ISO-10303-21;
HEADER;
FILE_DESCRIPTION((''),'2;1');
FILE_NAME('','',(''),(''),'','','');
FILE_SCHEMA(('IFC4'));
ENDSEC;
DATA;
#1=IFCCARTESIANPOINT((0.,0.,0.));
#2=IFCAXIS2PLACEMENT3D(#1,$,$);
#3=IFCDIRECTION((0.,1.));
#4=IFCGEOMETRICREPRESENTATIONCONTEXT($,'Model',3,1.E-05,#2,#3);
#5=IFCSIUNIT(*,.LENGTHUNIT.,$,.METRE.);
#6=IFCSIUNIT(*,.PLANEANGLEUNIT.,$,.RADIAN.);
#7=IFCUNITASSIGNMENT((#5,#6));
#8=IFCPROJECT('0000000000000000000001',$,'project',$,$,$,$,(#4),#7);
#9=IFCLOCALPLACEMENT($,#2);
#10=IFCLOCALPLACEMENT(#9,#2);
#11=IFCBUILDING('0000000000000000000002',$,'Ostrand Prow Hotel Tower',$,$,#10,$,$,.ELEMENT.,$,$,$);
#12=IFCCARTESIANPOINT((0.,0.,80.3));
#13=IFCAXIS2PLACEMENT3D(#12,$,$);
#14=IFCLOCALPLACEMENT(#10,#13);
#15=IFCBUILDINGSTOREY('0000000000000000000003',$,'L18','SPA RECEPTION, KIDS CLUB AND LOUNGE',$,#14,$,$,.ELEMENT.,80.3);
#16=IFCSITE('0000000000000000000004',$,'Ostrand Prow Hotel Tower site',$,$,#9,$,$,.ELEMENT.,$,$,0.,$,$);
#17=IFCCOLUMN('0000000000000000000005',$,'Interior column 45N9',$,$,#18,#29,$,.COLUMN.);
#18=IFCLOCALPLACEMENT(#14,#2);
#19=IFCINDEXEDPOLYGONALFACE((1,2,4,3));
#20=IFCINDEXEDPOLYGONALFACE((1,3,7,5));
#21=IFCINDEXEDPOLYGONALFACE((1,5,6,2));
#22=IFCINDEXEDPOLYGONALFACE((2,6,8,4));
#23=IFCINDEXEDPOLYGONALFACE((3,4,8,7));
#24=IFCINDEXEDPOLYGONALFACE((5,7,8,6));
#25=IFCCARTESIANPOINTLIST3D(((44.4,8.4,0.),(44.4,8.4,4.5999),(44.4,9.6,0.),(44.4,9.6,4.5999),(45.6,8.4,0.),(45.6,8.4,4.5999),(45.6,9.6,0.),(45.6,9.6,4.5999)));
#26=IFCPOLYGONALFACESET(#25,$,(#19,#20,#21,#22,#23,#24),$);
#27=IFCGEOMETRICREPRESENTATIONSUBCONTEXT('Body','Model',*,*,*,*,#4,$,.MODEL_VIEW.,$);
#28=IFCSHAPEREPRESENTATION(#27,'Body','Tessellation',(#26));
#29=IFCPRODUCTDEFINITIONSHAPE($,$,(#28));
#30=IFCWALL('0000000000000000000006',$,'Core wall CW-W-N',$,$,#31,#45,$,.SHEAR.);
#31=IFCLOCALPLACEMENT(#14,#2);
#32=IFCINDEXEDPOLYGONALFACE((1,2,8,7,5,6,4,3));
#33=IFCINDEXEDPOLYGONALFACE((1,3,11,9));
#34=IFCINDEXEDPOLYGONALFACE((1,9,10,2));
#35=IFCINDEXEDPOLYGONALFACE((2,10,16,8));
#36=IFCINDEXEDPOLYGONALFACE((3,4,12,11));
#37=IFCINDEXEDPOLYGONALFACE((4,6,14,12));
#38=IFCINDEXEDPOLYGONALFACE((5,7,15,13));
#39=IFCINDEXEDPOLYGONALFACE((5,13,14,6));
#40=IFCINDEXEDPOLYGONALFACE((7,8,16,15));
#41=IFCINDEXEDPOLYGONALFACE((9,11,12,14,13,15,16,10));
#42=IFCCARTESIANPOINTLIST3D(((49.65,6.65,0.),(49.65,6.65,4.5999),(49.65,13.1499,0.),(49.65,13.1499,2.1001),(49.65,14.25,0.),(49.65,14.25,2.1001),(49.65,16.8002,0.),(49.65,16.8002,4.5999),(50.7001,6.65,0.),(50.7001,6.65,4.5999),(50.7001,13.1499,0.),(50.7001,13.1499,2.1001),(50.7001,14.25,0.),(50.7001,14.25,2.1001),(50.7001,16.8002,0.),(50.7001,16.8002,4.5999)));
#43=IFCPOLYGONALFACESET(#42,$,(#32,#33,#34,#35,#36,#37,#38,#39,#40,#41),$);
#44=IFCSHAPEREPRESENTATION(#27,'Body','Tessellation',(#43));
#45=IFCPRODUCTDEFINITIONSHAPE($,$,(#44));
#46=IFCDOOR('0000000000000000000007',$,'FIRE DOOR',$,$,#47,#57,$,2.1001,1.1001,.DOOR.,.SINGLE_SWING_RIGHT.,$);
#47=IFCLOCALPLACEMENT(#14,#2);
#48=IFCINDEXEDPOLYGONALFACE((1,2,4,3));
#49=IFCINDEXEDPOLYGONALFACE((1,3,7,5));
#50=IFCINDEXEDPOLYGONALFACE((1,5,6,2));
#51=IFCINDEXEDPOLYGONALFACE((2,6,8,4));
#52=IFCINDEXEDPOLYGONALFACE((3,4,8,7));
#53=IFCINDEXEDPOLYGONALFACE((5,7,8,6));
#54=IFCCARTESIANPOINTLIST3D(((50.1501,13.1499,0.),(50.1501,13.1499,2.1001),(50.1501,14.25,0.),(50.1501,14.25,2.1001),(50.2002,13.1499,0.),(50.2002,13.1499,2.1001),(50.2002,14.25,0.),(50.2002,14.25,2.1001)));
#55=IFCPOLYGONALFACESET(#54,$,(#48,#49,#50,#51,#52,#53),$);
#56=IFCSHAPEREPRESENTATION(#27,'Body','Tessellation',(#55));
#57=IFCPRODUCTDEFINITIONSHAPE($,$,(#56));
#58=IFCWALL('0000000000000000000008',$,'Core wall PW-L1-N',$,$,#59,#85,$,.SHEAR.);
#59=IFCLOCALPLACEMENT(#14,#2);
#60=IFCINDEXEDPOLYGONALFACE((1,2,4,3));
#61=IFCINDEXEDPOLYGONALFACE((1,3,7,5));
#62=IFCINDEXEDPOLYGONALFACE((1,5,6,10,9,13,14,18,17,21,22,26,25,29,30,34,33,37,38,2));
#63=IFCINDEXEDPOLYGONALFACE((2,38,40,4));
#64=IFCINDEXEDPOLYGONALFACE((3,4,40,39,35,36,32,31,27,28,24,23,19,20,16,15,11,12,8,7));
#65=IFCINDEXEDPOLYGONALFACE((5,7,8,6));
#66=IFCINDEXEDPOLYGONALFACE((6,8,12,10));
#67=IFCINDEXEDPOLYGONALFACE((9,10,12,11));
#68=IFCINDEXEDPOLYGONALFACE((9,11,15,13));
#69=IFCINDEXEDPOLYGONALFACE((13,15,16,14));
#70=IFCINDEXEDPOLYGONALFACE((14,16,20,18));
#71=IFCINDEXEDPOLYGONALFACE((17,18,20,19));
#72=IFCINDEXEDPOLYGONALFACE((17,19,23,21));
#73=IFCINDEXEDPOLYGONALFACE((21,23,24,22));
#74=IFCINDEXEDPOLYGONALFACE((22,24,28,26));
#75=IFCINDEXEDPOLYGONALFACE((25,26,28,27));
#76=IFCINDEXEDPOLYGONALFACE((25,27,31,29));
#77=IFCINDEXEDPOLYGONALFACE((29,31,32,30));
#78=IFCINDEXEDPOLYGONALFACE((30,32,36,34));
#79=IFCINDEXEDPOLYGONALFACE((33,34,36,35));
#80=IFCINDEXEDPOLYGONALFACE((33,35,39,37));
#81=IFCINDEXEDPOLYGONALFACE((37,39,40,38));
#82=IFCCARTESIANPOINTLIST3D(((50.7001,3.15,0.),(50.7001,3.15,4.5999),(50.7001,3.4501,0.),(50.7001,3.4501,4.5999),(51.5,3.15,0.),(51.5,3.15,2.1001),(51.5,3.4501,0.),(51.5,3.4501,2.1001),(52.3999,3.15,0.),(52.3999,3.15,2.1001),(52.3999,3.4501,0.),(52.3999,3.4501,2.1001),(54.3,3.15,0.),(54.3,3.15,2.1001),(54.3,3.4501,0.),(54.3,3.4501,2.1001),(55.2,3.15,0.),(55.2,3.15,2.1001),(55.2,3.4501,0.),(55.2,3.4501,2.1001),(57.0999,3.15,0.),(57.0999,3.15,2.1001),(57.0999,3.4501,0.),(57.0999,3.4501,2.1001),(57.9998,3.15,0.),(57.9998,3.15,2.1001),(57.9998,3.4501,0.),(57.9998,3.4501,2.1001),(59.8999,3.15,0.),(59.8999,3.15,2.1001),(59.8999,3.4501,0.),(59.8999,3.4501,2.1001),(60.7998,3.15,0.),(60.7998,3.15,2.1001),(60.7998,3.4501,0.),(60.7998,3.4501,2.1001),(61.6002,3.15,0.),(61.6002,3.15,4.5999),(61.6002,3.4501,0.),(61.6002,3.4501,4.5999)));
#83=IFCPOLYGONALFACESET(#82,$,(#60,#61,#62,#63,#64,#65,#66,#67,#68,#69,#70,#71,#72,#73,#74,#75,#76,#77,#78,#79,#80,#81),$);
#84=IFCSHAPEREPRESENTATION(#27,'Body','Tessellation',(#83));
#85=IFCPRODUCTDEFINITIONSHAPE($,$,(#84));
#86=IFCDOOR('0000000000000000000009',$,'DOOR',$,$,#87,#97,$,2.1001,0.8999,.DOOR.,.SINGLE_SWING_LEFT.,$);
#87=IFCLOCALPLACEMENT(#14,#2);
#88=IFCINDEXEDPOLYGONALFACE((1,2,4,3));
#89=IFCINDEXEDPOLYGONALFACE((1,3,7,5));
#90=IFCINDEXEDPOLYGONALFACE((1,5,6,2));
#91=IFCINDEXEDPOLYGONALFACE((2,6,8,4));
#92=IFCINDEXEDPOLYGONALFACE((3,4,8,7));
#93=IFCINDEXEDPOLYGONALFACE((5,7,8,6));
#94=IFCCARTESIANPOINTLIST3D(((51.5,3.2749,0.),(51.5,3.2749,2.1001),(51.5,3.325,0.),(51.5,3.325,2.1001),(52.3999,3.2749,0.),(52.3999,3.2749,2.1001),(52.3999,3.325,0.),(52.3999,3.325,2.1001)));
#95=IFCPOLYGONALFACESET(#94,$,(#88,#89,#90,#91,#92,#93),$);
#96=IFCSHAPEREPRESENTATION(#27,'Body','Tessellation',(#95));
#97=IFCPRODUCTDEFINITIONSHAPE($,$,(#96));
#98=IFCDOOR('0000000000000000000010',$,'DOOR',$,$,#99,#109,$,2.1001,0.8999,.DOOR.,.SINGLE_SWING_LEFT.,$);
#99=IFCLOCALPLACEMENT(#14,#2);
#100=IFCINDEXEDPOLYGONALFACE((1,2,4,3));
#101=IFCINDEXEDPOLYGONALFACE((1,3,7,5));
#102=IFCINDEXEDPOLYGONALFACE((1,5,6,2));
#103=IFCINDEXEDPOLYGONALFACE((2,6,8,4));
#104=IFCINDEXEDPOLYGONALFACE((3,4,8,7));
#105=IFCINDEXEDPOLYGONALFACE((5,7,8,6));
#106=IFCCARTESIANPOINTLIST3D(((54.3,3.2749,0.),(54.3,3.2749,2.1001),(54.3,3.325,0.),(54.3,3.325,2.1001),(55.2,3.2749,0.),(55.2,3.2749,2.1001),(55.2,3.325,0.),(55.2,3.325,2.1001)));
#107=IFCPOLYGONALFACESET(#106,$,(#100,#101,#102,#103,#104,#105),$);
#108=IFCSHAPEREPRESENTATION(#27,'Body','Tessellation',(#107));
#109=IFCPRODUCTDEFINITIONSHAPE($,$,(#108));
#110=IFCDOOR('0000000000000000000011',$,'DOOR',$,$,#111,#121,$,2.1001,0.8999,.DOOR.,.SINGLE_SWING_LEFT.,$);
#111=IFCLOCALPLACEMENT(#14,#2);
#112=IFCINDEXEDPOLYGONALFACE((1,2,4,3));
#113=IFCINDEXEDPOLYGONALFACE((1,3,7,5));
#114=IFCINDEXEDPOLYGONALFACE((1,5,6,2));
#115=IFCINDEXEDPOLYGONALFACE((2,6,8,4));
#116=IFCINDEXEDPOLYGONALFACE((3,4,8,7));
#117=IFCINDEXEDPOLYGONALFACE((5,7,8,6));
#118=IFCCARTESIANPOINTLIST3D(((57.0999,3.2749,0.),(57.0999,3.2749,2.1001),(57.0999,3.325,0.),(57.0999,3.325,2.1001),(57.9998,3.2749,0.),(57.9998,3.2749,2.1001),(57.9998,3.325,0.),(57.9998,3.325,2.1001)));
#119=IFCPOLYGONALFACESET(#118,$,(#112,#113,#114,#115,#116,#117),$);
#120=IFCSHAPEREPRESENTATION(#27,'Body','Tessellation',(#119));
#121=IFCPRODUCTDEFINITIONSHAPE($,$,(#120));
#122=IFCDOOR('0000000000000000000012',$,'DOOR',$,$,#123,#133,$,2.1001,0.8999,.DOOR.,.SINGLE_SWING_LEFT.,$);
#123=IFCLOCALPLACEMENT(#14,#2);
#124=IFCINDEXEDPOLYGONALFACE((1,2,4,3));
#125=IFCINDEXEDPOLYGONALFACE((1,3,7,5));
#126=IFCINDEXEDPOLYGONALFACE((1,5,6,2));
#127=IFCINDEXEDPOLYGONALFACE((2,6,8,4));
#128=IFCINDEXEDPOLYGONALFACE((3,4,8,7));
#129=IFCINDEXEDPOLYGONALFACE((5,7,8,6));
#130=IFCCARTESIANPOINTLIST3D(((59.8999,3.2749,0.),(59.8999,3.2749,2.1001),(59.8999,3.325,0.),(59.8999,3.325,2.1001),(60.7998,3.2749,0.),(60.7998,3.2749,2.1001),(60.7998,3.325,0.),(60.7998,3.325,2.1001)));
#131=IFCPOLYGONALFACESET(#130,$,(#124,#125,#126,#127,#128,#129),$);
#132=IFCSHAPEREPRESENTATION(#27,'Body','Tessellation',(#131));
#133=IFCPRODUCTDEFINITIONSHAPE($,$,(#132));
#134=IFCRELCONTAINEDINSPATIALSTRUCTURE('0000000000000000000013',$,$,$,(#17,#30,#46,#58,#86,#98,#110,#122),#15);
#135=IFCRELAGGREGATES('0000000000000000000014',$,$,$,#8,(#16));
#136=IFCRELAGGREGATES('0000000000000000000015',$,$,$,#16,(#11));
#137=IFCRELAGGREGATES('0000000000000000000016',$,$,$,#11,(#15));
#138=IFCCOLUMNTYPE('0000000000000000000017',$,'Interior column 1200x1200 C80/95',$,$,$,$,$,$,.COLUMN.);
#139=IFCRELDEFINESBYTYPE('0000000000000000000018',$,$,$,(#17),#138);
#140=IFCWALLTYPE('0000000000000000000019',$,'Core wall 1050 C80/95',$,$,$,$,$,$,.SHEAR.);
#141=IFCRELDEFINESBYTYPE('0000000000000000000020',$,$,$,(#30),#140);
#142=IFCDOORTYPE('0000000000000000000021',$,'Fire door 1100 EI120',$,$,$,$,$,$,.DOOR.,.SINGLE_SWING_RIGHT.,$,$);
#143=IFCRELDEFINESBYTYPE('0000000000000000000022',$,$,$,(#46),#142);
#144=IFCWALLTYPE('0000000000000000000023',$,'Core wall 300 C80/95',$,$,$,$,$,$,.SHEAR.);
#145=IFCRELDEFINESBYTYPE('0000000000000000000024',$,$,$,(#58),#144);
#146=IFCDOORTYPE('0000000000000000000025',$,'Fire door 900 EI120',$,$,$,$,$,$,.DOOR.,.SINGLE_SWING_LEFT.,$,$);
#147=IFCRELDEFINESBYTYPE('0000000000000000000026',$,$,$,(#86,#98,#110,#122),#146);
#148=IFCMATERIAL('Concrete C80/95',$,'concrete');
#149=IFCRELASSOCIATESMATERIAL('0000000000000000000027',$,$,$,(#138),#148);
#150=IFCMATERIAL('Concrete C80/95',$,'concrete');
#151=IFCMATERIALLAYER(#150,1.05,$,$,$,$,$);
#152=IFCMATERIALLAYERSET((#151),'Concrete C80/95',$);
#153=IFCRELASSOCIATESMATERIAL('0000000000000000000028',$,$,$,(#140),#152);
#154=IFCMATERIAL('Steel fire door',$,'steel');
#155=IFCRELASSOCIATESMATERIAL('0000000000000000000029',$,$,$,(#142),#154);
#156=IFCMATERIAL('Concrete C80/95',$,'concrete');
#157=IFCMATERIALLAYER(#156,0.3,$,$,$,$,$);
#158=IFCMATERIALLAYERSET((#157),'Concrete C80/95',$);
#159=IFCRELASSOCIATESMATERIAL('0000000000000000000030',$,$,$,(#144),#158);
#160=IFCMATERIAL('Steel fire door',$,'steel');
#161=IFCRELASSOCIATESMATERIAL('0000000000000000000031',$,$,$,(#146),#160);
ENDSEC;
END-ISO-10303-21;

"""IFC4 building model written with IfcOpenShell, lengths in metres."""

from ifc_helpers import new_model, si_unit, direction, frame, frame_2d, origin, origin_2d, place, context, subcontext, project, spatial, rectangle, extrude, material, layer, layer_set, material_profile, profile_set, type_object, element, fill, save


model = new_model("IFC4")

# Units and contexts
model_context = context("Model", 3, precision=1e-05, world=origin(), true_north=direction((0.0, 1.0)))
body_context = subcontext(model_context, "Body", "Model", "MODEL_VIEW")
ifc_project = project(units=[si_unit("LENGTHUNIT", "METRE"), si_unit("PLANEANGLEUNIT", "RADIAN")], contexts=[model_context])

# Site, building, storey
site_placement = place(None, origin())
site = spatial("IfcSite", under=ifc_project, at=site_placement, Name="Ostrand Prow Hotel Tower site", CompositionType="ELEMENT", RefElevation=0.0)
building_placement = place(site_placement, origin())
building = spatial("IfcBuilding", under=site, at=building_placement, Name="Ostrand Prow Hotel Tower", CompositionType="ELEMENT")
storey_placement = place(building_placement, frame((0.0, 0.0, 80.3)))
storey = spatial("IfcBuildingStorey", under=building, at=storey_placement, Name="L18", Description="SPA RECEPTION, KIDS CLUB AND LOUNGE", CompositionType="ELEMENT", Elevation=80.3)

# Column
ifc_material_1 = material(Name="Concrete C80/95", Category="concrete")
ifc_material_profile = material_profile(ifc_material_1, rectangle(XDim=1.2, YDim=1.2, at=origin_2d()), Name="RC 1200x1200")
ifc_profile_set = profile_set([ifc_material_profile], Name="Concrete C80/95")
column_type = type_object("IfcColumnType", Name="Interior column 1200x1200 C80/95", PredefinedType="COLUMN", material=ifc_profile_set)
column_placement = place(storey_placement, frame((45.0, 9.0, 0.0), z_axis=(0.0, 0.0, 1.0), x_axis=(1.0, 0.0, 0.0)))
element("IfcColumn", 1, at=column_placement, inside=storey, type_object=column_type, Name="Interior column 45N9", PredefinedType="COLUMN", context=body_context, shape_type="SweptSolid", body=[
    extrude(rectangle(XDim=1.2, YDim=1.2, at=origin_2d()), origin(), (0.0, 0.0, 1.0), 4.5999),
])

# Wall, opening, door
ifc_material_2 = material(Name="Concrete C80/95", Category="concrete")
ifc_layer_1 = layer(ifc_material_2, 1.05)
ifc_layer_set_1 = layer_set([ifc_layer_1], Name="Concrete C80/95")
wall_type_1 = type_object("IfcWallType", Name="Core wall 1050 C80/95", PredefinedType="SHEAR", material=ifc_layer_set_1)
wall_1_placement = place(storey_placement, frame((50.175, 6.6499, 0.0), z_axis=(0.0, 0.0, 1.0), x_axis=(0.0, 1.0, 0.0)))
wall_1 = element("IfcWall", 2, at=wall_1_placement, inside=storey, type_object=wall_type_1, Name="Core wall CW-W-N", PredefinedType="SHEAR", context=body_context, shape_type="SweptSolid", body=[
    extrude(rectangle(XDim=10.1501, YDim=1.05, at=frame_2d((5.0752, 0.0))), origin(), (0.0, 0.0, 1.0), 4.5999),
])
opening_1_placement = place(wall_1_placement, frame((6.5, 0.0, 0.0)))
opening_1 = element("IfcOpeningElement", 3, at=opening_1_placement, cuts=wall_1, PredefinedType="OPENING", context=body_context, shape_type="SweptSolid", body=[
    extrude(rectangle(XDim=1.1001, YDim=2.1001, at=frame_2d((0.55, 1.05))), frame((0.0, 0.5349, 0.0), z_axis=(0.0, -1.0, 0.0), x_axis=(1.0, 0.0, 0.0)), (0.0, 0.0, 1.0), 1.0701),
])
ifc_material_3 = material(Name="Steel fire door", Category="steel")
door_type_1 = type_object("IfcDoorType", Name="Fire door 1100 EI120", OperationType="SINGLE_SWING_RIGHT", PredefinedType="DOOR", material=ifc_material_3)
door_1_placement = place(opening_1_placement, origin())
door_1 = element("IfcDoor", 4, at=door_1_placement, inside=storey, type_object=door_type_1, Name="FIRE DOOR", OperationType="SINGLE_SWING_RIGHT", OverallHeight=2.1001, OverallWidth=1.1001, PredefinedType="DOOR", context=body_context, shape_type="SweptSolid", body=[
    extrude(rectangle(XDim=1.1001, YDim=2.1001, at=frame_2d((0.55, 1.05))), frame((0.0, 0.0249, 0.0), z_axis=(0.0, -1.0, 0.0), x_axis=(1.0, 0.0, 0.0)), (0.0, 0.0, 1.0), 0.05),
])
fill(opening_1, door_1)

# Wall, openings, doors
ifc_material_4 = material(Name="Concrete C80/95", Category="concrete")
ifc_layer_2 = layer(ifc_material_4, 0.3)
ifc_layer_set_2 = layer_set([ifc_layer_2], Name="Concrete C80/95")
wall_type_2 = type_object("IfcWallType", Name="Core wall 300 C80/95", PredefinedType="SHEAR", material=ifc_layer_set_2)
wall_2_placement = place(storey_placement, frame((50.7, 3.3, 0.0), z_axis=(0.0, 0.0, 1.0), x_axis=(1.0, 0.0, 0.0)))
wall_2 = element("IfcWall", 5, at=wall_2_placement, inside=storey, type_object=wall_type_2, Name="Core wall PW-L1-N", PredefinedType="SHEAR", context=body_context, shape_type="SweptSolid", body=[
    extrude(rectangle(XDim=10.9001, YDim=0.3, at=frame_2d((5.4502, 0.0))), origin(), (0.0, 0.0, 1.0), 4.5999),
])
opening_2_placement = place(wall_2_placement, frame((0.8, 0.0, 0.0)))
opening_2 = element("IfcOpeningElement", 6, at=opening_2_placement, cuts=wall_2, PredefinedType="OPENING", context=body_context, shape_type="SweptSolid", body=[
    extrude(rectangle(XDim=0.8999, YDim=2.1001, at=frame_2d((0.45, 1.05))), frame((0.0, 0.1599, 0.0), z_axis=(0.0, -1.0, 0.0), x_axis=(1.0, 0.0, 0.0)), (0.0, 0.0, 1.0), 0.3201),
])
opening_3_placement = place(wall_2_placement, frame((3.6001, 0.0, 0.0)))
opening_3 = element("IfcOpeningElement", 7, at=opening_3_placement, cuts=wall_2, PredefinedType="OPENING", context=body_context, shape_type="SweptSolid", body=[
    extrude(rectangle(XDim=0.8999, YDim=2.1001, at=frame_2d((0.45, 1.05))), frame((0.0, 0.1599, 0.0), z_axis=(0.0, -1.0, 0.0), x_axis=(1.0, 0.0, 0.0)), (0.0, 0.0, 1.0), 0.3201),
])
opening_4_placement = place(wall_2_placement, frame((6.3999, 0.0, 0.0)))
opening_4 = element("IfcOpeningElement", 8, at=opening_4_placement, cuts=wall_2, PredefinedType="OPENING", context=body_context, shape_type="SweptSolid", body=[
    extrude(rectangle(XDim=0.8999, YDim=2.1001, at=frame_2d((0.45, 1.05))), frame((0.0, 0.1599, 0.0), z_axis=(0.0, -1.0, 0.0), x_axis=(1.0, 0.0, 0.0)), (0.0, 0.0, 1.0), 0.3201),
])
opening_5_placement = place(wall_2_placement, frame((9.2, 0.0, 0.0)))
opening_5 = element("IfcOpeningElement", 9, at=opening_5_placement, cuts=wall_2, PredefinedType="OPENING", context=body_context, shape_type="SweptSolid", body=[
    extrude(rectangle(XDim=0.8999, YDim=2.1001, at=frame_2d((0.45, 1.05))), frame((0.0, 0.1599, 0.0), z_axis=(0.0, -1.0, 0.0), x_axis=(1.0, 0.0, 0.0)), (0.0, 0.0, 1.0), 0.3201),
])
ifc_material_5 = material(Name="Steel fire door", Category="steel")
door_type_2 = type_object("IfcDoorType", Name="Fire door 900 EI120", OperationType="SINGLE_SWING_LEFT", PredefinedType="DOOR", material=ifc_material_5)
door_2_placement = place(opening_2_placement, origin())
door_2 = element("IfcDoor", 10, at=door_2_placement, inside=storey, type_object=door_type_2, Name="DOOR", OperationType="SINGLE_SWING_LEFT", OverallHeight=2.1001, OverallWidth=0.8999, PredefinedType="DOOR", context=body_context, shape_type="SweptSolid", body=[
    extrude(rectangle(XDim=0.8999, YDim=2.1001, at=frame_2d((0.45, 1.05))), frame((0.0, 0.0249, 0.0), z_axis=(0.0, -1.0, 0.0), x_axis=(1.0, 0.0, 0.0)), (0.0, 0.0, 1.0), 0.05),
])
fill(opening_2, door_2)
door_3_placement = place(opening_3_placement, origin())
door_3 = element("IfcDoor", 11, at=door_3_placement, inside=storey, type_object=door_type_2, Name="DOOR", OperationType="SINGLE_SWING_LEFT", OverallHeight=2.1001, OverallWidth=0.8999, PredefinedType="DOOR", context=body_context, shape_type="SweptSolid", body=[
    extrude(rectangle(XDim=0.8999, YDim=2.1001, at=frame_2d((0.45, 1.05))), frame((0.0, 0.0249, 0.0), z_axis=(0.0, -1.0, 0.0), x_axis=(1.0, 0.0, 0.0)), (0.0, 0.0, 1.0), 0.05),
])
fill(opening_3, door_3)
door_4_placement = place(opening_4_placement, origin())
door_4 = element("IfcDoor", 12, at=door_4_placement, inside=storey, type_object=door_type_2, Name="DOOR", OperationType="SINGLE_SWING_LEFT", OverallHeight=2.1001, OverallWidth=0.8999, PredefinedType="DOOR", context=body_context, shape_type="SweptSolid", body=[
    extrude(rectangle(XDim=0.8999, YDim=2.1001, at=frame_2d((0.45, 1.05))), frame((0.0, 0.0249, 0.0), z_axis=(0.0, -1.0, 0.0), x_axis=(1.0, 0.0, 0.0)), (0.0, 0.0, 1.0), 0.05),
])
fill(opening_4, door_4)
door_5_placement = place(opening_5_placement, origin())
door_5 = element("IfcDoor", 13, at=door_5_placement, inside=storey, type_object=door_type_2, Name="DOOR", OperationType="SINGLE_SWING_LEFT", OverallHeight=2.1001, OverallWidth=0.8999, PredefinedType="DOOR", context=body_context, shape_type="SweptSolid", body=[
    extrude(rectangle(XDim=0.8999, YDim=2.1001, at=frame_2d((0.45, 1.05))), frame((0.0, 0.0249, 0.0), z_axis=(0.0, -1.0, 0.0), x_axis=(1.0, 0.0, 0.0)), (0.0, 0.0, 1.0), 0.05),
])
fill(opening_5, door_5)

save(model, "model.ifc")
